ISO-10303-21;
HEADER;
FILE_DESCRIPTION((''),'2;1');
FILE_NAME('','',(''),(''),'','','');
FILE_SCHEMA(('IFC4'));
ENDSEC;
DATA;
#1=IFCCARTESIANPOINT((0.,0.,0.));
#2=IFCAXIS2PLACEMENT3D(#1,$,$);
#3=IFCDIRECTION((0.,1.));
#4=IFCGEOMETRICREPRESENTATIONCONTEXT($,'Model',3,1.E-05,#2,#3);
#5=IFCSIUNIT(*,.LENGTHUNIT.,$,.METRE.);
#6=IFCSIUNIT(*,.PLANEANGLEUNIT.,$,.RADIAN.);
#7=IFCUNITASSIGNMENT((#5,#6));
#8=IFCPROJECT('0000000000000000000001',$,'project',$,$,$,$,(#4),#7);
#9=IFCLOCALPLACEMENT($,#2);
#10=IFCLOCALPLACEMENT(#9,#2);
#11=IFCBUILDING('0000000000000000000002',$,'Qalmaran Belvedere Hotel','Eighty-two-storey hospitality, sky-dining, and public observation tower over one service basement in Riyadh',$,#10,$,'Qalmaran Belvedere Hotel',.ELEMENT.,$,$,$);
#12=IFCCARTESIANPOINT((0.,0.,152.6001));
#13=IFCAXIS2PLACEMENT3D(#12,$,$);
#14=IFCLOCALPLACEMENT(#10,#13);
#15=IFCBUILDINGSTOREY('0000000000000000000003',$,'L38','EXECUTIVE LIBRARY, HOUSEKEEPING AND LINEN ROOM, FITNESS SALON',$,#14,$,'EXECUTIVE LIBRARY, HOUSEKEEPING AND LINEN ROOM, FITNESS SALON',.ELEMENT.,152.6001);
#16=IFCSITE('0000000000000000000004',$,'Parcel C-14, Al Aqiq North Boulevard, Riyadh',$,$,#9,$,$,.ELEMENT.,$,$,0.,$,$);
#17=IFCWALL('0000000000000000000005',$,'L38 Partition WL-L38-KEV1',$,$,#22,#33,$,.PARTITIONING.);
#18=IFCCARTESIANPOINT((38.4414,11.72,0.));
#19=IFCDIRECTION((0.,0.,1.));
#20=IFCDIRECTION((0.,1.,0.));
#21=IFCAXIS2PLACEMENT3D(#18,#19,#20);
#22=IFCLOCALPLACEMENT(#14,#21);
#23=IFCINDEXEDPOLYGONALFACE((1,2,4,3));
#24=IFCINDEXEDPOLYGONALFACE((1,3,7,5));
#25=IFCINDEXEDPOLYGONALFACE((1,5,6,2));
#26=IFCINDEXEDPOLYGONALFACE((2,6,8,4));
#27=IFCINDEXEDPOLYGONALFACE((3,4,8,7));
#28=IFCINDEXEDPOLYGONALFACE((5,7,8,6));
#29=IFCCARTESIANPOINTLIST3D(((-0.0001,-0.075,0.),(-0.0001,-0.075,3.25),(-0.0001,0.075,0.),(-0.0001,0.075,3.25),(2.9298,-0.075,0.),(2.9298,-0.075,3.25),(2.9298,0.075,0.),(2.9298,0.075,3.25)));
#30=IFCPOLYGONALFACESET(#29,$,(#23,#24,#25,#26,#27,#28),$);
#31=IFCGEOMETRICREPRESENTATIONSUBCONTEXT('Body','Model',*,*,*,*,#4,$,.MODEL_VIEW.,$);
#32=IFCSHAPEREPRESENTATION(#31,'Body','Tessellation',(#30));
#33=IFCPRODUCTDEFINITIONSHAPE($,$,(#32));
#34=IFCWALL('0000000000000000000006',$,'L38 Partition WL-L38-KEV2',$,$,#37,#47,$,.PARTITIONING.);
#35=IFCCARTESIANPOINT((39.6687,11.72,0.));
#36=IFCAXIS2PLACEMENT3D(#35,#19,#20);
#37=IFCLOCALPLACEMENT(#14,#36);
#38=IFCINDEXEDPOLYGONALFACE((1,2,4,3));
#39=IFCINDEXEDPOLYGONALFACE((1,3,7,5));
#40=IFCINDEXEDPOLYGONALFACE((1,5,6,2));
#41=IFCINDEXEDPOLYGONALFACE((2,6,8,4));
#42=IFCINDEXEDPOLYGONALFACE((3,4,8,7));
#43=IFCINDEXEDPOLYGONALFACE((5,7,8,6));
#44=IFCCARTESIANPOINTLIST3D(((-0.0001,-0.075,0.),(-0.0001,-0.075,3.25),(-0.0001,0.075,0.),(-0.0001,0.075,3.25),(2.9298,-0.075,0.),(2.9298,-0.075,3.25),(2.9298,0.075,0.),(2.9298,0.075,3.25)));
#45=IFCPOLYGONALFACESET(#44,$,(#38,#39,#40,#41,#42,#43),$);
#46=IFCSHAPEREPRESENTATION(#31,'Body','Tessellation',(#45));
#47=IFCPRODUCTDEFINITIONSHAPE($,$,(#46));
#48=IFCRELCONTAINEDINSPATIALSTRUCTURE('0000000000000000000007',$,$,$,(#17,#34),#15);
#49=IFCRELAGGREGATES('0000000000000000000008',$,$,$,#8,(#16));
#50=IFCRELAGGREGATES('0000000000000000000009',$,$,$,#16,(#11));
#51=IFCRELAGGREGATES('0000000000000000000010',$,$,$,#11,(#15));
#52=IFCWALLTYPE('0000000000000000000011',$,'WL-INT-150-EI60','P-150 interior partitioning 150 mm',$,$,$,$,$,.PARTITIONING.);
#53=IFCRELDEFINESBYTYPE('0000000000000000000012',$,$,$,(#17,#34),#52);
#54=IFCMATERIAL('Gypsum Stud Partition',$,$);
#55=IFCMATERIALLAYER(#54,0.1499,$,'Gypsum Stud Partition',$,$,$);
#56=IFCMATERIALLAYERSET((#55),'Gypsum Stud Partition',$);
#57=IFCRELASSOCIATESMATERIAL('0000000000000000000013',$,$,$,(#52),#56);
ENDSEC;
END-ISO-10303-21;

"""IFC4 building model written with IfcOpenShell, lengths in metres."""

from ifc_helpers import new_model, si_unit, direction, frame, frame_2d, origin, place, context, subcontext, project, spatial, rectangle, extrude, material, layer, layer_set, type_object, element, save


model = new_model("IFC4")

# Units and contexts
model_context = context("Model", 3, precision=1e-05, world=origin(), true_north=direction((0.0, 1.0)))
body_context = subcontext(model_context, "Body", "Model", "MODEL_VIEW")
ifc_project = project(units=[si_unit("LENGTHUNIT", "METRE"), si_unit("PLANEANGLEUNIT", "RADIAN")], contexts=[model_context])

# Site, building, storey
site_placement = place(None, origin())
site = spatial("IfcSite", under=ifc_project, at=site_placement, Name="Parcel C-14, Al Aqiq North Boulevard, Riyadh", CompositionType="ELEMENT", RefElevation=0.0)
building_placement = place(site_placement, origin())
building = spatial("IfcBuilding", under=site, at=building_placement, Name="Qalmaran Belvedere Hotel", Description="Eighty-two-storey hospitality, sky-dining, and public observation tower over one service basement in Riyadh", LongName="Qalmaran Belvedere Hotel", CompositionType="ELEMENT")
storey_placement = place(building_placement, frame((0.0, 0.0, 152.6001)))
storey = spatial("IfcBuildingStorey", under=building, at=storey_placement, Name="L38", Description="EXECUTIVE LIBRARY, HOUSEKEEPING AND LINEN ROOM, FITNESS SALON", LongName="EXECUTIVE LIBRARY, HOUSEKEEPING AND LINEN ROOM, FITNESS SALON", CompositionType="ELEMENT", Elevation=152.6001)

# Walls
ifc_material_1 = material(Name="Gypsum Stud Partition")
ifc_layer_1 = layer(ifc_material_1, 0.1499, Name="Gypsum Stud Partition")
ifc_layer_set_1 = layer_set([ifc_layer_1], Name="Gypsum Stud Partition")
wall_type_1 = type_object("IfcWallType", Name="WL-INT-150-EI60", Description="P-150 interior partitioning 150 mm", PredefinedType="PARTITIONING", material=ifc_layer_set_1)
for number, where, z_axis, x_axis, name in (
    (1, (38.4414, 11.72, 0.0), (0.0, 0.0, 1.0), (0.0, 1.0, 0.0), "L38 Partition WL-L38-KEV1"),
    (2, (39.6687, 11.72, 0.0), (0.0, 0.0, 1.0), (0.0, 1.0, 0.0), "L38 Partition WL-L38-KEV2"),
):
    element("IfcWall", number, at=place(storey_placement, frame(where, z_axis=z_axis, x_axis=x_axis)), inside=storey, type_object=wall_type_1, Name=name, PredefinedType="PARTITIONING", context=body_context, shape_type="SweptSolid", body=[
        extrude(rectangle(XDim=2.9299, YDim=0.1499, at=frame_2d((1.4648, 0.0))), origin(), (0.0, 0.0, 1.0), 3.25),
    ])

save(model, "model.ifc")
